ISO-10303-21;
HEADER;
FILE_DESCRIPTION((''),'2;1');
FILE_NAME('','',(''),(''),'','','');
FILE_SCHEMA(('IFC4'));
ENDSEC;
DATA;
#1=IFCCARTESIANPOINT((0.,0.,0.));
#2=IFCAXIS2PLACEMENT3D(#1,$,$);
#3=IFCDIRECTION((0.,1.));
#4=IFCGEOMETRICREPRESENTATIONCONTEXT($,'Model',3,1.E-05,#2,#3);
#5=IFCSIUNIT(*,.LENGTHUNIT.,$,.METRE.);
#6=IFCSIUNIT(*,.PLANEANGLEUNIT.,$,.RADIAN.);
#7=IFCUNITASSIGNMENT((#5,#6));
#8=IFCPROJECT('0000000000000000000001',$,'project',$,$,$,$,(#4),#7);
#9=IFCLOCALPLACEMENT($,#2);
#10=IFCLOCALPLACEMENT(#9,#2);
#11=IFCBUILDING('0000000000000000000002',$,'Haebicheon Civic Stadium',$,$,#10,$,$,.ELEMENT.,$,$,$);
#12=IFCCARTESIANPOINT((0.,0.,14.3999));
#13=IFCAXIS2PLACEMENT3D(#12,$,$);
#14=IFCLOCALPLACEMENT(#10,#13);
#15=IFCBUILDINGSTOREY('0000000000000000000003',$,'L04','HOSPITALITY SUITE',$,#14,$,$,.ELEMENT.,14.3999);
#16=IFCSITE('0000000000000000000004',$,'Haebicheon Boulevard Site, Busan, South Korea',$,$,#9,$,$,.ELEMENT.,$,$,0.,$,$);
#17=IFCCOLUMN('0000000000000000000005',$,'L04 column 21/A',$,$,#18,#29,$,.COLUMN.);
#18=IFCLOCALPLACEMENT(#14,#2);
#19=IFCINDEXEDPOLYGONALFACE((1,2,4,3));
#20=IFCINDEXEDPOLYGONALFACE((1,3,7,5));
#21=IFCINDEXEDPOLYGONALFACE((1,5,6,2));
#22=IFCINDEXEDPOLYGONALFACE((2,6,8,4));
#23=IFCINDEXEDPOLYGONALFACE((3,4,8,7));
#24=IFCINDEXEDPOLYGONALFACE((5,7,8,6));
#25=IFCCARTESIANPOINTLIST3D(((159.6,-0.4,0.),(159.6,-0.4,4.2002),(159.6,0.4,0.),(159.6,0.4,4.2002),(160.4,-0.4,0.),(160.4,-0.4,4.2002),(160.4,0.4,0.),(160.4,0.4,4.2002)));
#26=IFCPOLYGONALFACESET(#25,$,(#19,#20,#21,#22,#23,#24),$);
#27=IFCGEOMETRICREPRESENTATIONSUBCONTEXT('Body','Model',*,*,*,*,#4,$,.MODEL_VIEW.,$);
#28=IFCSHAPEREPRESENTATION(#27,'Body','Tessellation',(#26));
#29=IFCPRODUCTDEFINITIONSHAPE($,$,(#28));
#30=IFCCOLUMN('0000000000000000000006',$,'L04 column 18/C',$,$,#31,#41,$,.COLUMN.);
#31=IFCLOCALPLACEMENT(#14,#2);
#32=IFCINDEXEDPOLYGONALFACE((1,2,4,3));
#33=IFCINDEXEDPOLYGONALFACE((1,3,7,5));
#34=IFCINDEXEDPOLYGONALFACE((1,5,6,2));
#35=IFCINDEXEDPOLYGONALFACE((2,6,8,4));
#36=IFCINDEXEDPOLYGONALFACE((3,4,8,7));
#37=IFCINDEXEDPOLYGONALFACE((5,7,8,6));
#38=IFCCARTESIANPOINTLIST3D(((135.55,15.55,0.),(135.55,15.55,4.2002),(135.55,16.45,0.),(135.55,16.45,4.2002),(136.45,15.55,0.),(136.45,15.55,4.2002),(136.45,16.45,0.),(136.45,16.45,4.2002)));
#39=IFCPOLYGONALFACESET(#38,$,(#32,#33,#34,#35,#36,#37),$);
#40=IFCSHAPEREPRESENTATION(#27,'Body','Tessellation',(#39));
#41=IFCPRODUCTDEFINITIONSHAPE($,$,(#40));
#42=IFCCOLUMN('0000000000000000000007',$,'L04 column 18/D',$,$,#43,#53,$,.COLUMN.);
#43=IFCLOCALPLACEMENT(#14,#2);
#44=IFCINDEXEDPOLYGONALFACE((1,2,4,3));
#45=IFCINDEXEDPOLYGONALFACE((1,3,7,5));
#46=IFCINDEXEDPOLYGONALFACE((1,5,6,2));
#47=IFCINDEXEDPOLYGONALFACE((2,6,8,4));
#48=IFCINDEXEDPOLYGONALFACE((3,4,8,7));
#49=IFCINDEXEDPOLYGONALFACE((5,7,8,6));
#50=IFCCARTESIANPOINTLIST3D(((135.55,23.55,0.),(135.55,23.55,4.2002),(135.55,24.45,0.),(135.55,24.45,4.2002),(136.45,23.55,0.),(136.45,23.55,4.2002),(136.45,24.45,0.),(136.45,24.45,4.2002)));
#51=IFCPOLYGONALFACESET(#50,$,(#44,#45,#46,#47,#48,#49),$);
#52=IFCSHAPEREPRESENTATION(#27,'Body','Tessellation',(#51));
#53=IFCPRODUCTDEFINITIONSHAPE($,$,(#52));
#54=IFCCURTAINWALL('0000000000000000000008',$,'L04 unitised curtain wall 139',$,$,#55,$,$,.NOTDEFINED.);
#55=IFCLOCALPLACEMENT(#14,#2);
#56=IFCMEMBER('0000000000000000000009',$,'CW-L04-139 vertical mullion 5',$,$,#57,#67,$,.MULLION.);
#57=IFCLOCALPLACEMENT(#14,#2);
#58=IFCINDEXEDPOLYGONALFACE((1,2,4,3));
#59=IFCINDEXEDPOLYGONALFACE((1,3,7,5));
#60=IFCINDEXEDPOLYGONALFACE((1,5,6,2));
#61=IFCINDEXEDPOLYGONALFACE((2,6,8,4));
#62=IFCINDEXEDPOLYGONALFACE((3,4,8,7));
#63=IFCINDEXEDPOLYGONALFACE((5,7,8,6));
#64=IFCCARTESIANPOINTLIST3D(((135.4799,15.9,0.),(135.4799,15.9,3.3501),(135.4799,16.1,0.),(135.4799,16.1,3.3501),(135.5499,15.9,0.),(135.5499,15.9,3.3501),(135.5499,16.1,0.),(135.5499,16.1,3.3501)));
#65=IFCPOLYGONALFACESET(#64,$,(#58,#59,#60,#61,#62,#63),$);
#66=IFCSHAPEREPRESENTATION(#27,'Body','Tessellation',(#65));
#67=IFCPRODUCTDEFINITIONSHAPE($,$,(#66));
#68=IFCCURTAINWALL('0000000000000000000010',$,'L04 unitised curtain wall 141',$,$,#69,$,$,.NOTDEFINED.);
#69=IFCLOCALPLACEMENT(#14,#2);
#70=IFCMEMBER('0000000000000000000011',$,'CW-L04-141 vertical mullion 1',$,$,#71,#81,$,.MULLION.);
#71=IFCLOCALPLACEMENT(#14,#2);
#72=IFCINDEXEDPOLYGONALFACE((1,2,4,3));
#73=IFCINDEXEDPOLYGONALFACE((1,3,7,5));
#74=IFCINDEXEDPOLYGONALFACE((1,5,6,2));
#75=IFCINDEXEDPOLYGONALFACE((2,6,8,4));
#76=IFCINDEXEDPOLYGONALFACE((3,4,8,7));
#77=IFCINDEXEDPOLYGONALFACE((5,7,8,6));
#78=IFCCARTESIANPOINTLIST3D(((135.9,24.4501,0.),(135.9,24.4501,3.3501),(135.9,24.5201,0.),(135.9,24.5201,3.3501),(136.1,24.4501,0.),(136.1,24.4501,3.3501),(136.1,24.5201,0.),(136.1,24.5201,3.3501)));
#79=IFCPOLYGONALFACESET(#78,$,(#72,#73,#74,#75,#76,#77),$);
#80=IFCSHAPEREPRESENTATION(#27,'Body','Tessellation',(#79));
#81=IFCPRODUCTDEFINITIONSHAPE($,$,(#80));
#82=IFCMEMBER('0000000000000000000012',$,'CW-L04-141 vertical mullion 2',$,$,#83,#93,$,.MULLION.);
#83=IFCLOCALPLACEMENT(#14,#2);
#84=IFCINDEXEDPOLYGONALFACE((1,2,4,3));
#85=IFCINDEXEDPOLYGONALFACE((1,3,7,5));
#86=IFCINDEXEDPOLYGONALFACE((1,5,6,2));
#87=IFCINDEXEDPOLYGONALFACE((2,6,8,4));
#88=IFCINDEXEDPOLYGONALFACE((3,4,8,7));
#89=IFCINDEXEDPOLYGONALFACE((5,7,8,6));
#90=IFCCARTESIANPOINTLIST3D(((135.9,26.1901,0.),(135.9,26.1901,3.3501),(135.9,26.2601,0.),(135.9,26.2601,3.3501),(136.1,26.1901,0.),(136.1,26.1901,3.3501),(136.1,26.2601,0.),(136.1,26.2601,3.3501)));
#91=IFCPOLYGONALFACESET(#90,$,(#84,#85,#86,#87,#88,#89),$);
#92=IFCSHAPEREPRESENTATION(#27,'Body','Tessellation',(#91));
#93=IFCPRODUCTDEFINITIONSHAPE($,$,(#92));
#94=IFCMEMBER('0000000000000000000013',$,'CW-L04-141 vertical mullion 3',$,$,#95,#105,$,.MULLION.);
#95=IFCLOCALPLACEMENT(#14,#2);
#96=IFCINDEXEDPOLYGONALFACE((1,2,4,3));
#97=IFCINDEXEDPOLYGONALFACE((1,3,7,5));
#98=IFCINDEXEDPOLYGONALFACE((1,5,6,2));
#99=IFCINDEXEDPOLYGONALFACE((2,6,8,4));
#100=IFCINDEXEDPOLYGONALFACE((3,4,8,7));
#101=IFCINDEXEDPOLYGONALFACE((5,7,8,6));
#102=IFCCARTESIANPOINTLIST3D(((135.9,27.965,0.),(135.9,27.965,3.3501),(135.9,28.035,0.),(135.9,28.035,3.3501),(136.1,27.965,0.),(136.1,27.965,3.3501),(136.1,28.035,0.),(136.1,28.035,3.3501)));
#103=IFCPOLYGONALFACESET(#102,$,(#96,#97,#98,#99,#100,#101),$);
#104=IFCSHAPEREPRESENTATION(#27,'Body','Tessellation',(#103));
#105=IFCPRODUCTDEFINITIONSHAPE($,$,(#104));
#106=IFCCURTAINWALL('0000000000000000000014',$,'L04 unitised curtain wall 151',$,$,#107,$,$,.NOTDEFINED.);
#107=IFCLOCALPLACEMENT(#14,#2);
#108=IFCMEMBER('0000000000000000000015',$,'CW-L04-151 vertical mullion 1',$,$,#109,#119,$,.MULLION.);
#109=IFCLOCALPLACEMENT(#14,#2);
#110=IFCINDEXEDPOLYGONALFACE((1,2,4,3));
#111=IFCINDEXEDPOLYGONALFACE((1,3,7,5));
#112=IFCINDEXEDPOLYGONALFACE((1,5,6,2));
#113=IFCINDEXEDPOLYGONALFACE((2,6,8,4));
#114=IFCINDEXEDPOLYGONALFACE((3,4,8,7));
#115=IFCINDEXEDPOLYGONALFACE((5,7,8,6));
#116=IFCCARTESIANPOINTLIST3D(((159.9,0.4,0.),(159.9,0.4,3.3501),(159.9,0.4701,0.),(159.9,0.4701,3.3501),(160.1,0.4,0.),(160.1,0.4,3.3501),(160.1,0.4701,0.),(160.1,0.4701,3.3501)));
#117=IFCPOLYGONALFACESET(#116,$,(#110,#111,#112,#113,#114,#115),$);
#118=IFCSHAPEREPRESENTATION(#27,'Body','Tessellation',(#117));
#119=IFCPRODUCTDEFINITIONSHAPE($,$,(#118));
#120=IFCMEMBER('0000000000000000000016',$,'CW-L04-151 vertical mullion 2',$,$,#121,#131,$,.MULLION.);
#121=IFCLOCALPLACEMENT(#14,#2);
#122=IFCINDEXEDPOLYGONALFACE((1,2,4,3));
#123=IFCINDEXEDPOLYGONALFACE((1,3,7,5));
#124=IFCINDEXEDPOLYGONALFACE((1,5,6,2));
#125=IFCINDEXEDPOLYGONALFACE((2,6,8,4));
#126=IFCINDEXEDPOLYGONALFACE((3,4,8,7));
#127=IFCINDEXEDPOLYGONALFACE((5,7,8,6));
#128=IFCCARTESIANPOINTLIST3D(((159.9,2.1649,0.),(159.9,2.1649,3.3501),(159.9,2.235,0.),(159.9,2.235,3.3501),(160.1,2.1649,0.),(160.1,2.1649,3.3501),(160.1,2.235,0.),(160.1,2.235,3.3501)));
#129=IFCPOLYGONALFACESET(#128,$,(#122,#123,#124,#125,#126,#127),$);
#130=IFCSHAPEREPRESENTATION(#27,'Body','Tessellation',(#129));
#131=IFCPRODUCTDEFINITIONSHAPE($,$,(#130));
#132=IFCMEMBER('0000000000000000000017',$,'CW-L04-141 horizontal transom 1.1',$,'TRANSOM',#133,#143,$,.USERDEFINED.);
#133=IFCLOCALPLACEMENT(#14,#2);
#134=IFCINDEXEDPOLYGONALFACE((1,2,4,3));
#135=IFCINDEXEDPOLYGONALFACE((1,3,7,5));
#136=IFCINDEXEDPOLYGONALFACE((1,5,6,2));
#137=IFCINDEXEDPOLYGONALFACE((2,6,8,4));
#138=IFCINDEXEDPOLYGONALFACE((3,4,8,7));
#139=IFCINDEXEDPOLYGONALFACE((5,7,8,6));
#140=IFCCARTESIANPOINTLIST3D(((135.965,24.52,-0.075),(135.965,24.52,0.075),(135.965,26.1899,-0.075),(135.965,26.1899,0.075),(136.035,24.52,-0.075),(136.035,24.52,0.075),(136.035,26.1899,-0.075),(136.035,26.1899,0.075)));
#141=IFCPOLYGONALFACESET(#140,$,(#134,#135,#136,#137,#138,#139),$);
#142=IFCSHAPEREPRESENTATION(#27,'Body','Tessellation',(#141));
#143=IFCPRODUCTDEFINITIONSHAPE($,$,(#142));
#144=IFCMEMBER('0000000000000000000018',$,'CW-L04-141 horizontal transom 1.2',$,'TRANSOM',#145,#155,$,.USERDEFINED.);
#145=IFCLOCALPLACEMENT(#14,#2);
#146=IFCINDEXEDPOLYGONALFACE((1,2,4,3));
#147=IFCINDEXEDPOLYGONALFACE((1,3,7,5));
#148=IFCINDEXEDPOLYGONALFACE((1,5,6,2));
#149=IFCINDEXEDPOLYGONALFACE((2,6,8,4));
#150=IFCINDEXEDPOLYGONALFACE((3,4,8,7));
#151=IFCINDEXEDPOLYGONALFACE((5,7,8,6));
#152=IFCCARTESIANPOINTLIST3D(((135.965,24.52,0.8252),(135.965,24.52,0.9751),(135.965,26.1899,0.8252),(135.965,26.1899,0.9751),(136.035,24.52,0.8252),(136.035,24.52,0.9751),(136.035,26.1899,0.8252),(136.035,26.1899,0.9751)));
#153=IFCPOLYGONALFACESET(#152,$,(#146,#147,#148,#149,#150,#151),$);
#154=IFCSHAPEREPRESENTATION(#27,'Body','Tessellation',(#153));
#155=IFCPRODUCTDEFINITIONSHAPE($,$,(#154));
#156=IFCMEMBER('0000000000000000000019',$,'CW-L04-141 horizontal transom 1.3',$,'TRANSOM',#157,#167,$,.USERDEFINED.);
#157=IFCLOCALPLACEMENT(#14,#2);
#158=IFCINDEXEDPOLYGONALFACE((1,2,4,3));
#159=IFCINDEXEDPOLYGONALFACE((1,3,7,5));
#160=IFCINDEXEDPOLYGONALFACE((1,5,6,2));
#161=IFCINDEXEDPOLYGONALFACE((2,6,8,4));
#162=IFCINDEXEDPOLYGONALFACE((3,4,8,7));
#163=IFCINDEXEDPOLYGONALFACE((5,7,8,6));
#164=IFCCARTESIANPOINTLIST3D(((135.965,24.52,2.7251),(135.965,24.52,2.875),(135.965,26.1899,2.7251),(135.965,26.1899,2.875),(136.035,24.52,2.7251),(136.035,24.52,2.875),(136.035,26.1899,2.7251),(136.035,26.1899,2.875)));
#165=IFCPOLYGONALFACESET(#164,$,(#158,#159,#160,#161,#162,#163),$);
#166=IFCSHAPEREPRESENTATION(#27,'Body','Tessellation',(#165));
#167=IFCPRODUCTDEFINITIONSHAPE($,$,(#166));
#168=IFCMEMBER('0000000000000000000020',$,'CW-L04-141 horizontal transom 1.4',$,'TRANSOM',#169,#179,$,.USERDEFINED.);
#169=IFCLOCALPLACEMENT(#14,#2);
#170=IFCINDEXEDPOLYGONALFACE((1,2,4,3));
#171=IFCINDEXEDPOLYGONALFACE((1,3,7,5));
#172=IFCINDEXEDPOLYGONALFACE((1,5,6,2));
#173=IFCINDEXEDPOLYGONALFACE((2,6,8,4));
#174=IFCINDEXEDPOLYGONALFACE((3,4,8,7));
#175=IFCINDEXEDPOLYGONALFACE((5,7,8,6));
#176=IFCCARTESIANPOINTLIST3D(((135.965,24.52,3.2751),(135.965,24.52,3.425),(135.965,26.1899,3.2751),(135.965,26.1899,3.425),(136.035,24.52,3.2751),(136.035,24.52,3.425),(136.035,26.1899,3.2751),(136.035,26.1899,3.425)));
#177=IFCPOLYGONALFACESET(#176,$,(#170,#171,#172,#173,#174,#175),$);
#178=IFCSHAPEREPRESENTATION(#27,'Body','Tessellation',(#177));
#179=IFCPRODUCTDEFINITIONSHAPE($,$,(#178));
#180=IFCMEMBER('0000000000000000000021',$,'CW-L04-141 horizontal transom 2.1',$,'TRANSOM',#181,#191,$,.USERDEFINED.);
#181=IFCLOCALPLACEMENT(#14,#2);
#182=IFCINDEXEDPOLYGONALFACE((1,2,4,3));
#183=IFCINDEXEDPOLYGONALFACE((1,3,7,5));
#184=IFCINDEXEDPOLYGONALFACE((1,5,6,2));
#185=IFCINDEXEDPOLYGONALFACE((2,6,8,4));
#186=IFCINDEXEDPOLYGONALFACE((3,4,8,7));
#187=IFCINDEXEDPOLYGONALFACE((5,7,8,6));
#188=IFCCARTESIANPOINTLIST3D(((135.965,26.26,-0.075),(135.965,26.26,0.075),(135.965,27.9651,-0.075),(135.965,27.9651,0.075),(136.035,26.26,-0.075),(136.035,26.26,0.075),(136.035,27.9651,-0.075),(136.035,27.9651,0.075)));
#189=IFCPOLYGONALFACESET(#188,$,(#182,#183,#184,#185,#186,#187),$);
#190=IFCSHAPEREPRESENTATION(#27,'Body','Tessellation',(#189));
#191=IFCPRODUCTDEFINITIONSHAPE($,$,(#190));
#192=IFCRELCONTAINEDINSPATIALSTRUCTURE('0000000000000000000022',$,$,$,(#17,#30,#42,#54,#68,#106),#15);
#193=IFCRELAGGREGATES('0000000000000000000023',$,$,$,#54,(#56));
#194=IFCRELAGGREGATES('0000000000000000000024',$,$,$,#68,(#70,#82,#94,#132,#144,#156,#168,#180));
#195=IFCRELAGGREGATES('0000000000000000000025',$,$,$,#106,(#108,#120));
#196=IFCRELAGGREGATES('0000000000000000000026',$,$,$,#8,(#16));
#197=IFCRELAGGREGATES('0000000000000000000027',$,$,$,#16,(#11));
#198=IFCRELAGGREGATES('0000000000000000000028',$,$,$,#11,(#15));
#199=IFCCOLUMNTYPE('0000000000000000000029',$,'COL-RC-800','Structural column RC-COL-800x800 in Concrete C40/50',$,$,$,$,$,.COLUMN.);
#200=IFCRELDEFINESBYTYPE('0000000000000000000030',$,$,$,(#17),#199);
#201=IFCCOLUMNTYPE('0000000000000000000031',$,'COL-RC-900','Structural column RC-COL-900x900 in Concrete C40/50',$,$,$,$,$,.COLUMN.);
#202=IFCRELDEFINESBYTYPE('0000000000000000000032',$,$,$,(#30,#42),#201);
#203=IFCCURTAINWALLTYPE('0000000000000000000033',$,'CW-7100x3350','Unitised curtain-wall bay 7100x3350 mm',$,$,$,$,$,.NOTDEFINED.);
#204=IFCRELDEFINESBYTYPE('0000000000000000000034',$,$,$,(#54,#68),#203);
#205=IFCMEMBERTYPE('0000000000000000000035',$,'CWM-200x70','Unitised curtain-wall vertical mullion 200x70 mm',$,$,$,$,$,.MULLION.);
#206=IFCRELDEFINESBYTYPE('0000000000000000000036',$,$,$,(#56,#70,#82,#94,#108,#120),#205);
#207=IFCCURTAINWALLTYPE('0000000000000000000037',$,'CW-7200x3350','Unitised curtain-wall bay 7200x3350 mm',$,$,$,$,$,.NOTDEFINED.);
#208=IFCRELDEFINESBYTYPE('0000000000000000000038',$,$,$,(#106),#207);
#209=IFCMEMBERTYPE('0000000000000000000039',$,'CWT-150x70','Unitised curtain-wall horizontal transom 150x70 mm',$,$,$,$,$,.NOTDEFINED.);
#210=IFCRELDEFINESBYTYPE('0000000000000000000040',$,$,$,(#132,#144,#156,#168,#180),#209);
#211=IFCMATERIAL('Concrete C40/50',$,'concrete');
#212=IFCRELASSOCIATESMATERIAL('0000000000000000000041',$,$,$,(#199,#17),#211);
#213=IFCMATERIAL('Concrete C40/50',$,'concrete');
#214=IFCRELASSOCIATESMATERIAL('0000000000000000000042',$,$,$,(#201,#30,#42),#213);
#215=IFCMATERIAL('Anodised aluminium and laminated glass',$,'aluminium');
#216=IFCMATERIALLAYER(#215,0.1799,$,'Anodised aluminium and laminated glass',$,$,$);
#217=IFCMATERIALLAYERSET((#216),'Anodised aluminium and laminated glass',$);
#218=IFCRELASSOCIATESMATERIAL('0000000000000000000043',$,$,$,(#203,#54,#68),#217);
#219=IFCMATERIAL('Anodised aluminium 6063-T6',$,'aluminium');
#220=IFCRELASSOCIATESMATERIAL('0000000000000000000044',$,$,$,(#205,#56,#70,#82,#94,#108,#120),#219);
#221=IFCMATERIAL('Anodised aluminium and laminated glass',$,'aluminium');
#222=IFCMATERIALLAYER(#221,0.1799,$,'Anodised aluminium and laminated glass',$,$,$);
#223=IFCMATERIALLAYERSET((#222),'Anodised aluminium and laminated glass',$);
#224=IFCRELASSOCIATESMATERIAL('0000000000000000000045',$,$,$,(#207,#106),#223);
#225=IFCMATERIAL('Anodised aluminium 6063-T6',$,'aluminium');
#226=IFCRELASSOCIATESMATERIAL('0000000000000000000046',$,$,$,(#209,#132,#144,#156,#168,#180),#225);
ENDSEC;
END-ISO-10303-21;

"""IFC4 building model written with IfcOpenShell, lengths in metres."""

from ifc_helpers import new_model, si_unit, direction, frame, origin, origin_2d, place, context, subcontext, project, spatial, rectangle, extrude, material, layer, layer_set, material_profile, profile_set, type_object, element, aggregate, save


model = new_model("IFC4")

# Units and contexts
model_context = context("Model", 3, precision=1e-05, world=origin(), true_north=direction((0.0, 1.0)))
body_context = subcontext(model_context, "Body", "Model", "MODEL_VIEW")
ifc_project = project(units=[si_unit("LENGTHUNIT", "METRE"), si_unit("PLANEANGLEUNIT", "RADIAN")], contexts=[model_context])

# Site, building, storey
site_placement = place(None, origin())
site = spatial("IfcSite", under=ifc_project, at=site_placement, Name="Haebicheon Boulevard Site, Busan, South Korea", CompositionType="ELEMENT", RefElevation=0.0)
building_placement = place(site_placement, origin())
building = spatial("IfcBuilding", under=site, at=building_placement, Name="Haebicheon Civic Stadium", CompositionType="ELEMENT")
storey_placement = place(building_placement, frame((0.0, 0.0, 14.3999)))
storey = spatial("IfcBuildingStorey", under=building, at=storey_placement, Name="L04", Description="HOSPITALITY SUITE", CompositionType="ELEMENT", Elevation=14.3999)

# Columns
ifc_material_1 = material(Name="Concrete C40/50", Category="concrete")
ifc_material_profile_1 = material_profile(ifc_material_1, rectangle(XDim=0.8, YDim=0.8, at=origin_2d()), Name="RC-COL-800x800")
ifc_profile_set_1 = profile_set([ifc_material_profile_1], Name="Concrete C40/50")
column_type_1 = type_object("IfcColumnType", Name="COL-RC-800", Description="Structural column RC-COL-800x800 in Concrete C40/50", PredefinedType="COLUMN", material=ifc_profile_set_1)
column_placement = place(storey_placement, frame((160.0, 0.0, 0.0), z_axis=(0.0, 0.0, 1.0), x_axis=(1.0, 0.0, 0.0)))
element("IfcColumn", 1, at=column_placement, inside=storey, type_object=column_type_1, material=ifc_profile_set_1, Name="L04 column 21/A", PredefinedType="COLUMN", context=body_context, shape_type="SweptSolid", body=[
    extrude(rectangle(XDim=0.8, YDim=0.8, at=origin_2d()), origin(), (0.0, 0.0, 1.0), 4.2002),
])
ifc_material_2 = material(Name="Concrete C40/50", Category="concrete")
ifc_material_profile_2 = material_profile(ifc_material_2, rectangle(XDim=0.8999, YDim=0.8999, at=origin_2d()), Name="RC-COL-900x900")
ifc_profile_set_2 = profile_set([ifc_material_profile_2], Name="Concrete C40/50")
column_type_2 = type_object("IfcColumnType", Name="COL-RC-900", Description="Structural column RC-COL-900x900 in Concrete C40/50", PredefinedType="COLUMN", material=ifc_profile_set_2)
for number, where, z_axis, x_axis, name in (
    (2, (136.0, 16.0, 0.0), (0.0, 0.0, 1.0), (1.0, 0.0, 0.0), "L04 column 18/C"),
    (3, (136.0, 24.0, 0.0), (0.0, 0.0, 1.0), (1.0, 0.0, 0.0), "L04 column 18/D"),
):
    element("IfcColumn", number, at=place(storey_placement, frame(where, z_axis=z_axis, x_axis=x_axis)), inside=storey, type_object=column_type_2, material=ifc_profile_set_2, Name=name, PredefinedType="COLUMN", context=body_context, shape_type="SweptSolid", body=[
        extrude(rectangle(XDim=0.8999, YDim=0.8999, at=origin_2d()), origin(), (0.0, 0.0, 1.0), 4.2002),
    ])

# Curtain wall, member
ifc_material_3 = material(Name="Anodised aluminium and laminated glass", Category="aluminium")
ifc_layer_1 = layer(ifc_material_3, 0.1799, Name="Anodised aluminium and laminated glass")
ifc_layer_set_1 = layer_set([ifc_layer_1], Name="Anodised aluminium and laminated glass")
curtain_wall_type_1 = type_object("IfcCurtainWallType", Name="CW-7100x3350", Description="Unitised curtain-wall bay 7100x3350 mm", PredefinedType="NOTDEFINED", material=ifc_layer_set_1)
curtain_wall_1_placement = place(storey_placement, origin())
curtain_wall_1 = element("IfcCurtainWall", 4, at=curtain_wall_1_placement, inside=storey, type_object=curtain_wall_type_1, material=ifc_layer_set_1, Name="L04 unitised curtain wall 139", PredefinedType="NOTDEFINED")
ifc_material_4 = material(Name="Anodised aluminium 6063-T6", Category="aluminium")
ifc_material_profile_3 = material_profile(ifc_material_4, rectangle(XDim=0.0701, YDim=0.2, at=origin_2d()), Name="ALU-MULL-70x200")
ifc_profile_set_3 = profile_set([ifc_material_profile_3], Name="Anodised aluminium 6063-T6")
member_type_1 = type_object("IfcMemberType", Name="CWM-200x70", Description="Unitised curtain-wall vertical mullion 200x70 mm", PredefinedType="MULLION", material=ifc_profile_set_3)
member_1_placement = place(storey_placement, frame((135.5149, 16.0, 0.0), z_axis=(0.0, 0.0, 1.0), x_axis=(1.0, 0.0, 0.0)))
member_1 = element("IfcMember", 5, at=member_1_placement, type_object=member_type_1, material=ifc_profile_set_3, Name="CW-L04-139 vertical mullion 5", PredefinedType="MULLION", context=body_context, shape_type="SweptSolid", body=[
    extrude(rectangle(XDim=0.0701, YDim=0.2, at=origin_2d()), origin(), (0.0, 0.0, 1.0), 3.3501),
])

# Curtain walls, members
curtain_wall_2_placement = place(storey_placement, origin())
curtain_wall_2 = element("IfcCurtainWall", 6, at=curtain_wall_2_placement, inside=storey, type_object=curtain_wall_type_1, material=ifc_layer_set_1, Name="L04 unitised curtain wall 141", PredefinedType="NOTDEFINED")
member_2_placement = place(storey_placement, frame((136.0, 24.4851, 0.0), z_axis=(0.0, 0.0, 1.0), x_axis=(0.0, 1.0, 0.0)))
member_2 = element("IfcMember", 7, at=member_2_placement, type_object=member_type_1, material=ifc_profile_set_3, Name="CW-L04-141 vertical mullion 1", PredefinedType="MULLION", context=body_context, shape_type="SweptSolid", body=[
    extrude(rectangle(XDim=0.0701, YDim=0.2, at=origin_2d()), origin(), (0.0, 0.0, 1.0), 3.3501),
])
member_3_placement = place(storey_placement, frame((136.0, 26.2251, 0.0), z_axis=(0.0, 0.0, 1.0), x_axis=(0.0, 1.0, 0.0)))
member_3 = element("IfcMember", 8, at=member_3_placement, type_object=member_type_1, material=ifc_profile_set_3, Name="CW-L04-141 vertical mullion 2", PredefinedType="MULLION", context=body_context, shape_type="SweptSolid", body=[
    extrude(rectangle(XDim=0.0701, YDim=0.2, at=origin_2d()), origin(), (0.0, 0.0, 1.0), 3.3501),
])
member_4_placement = place(storey_placement, frame((136.0, 28.0, 0.0), z_axis=(0.0, 0.0, 1.0), x_axis=(0.0, 1.0, 0.0)))
member_4 = element("IfcMember", 9, at=member_4_placement, type_object=member_type_1, material=ifc_profile_set_3, Name="CW-L04-141 vertical mullion 3", PredefinedType="MULLION", context=body_context, shape_type="SweptSolid", body=[
    extrude(rectangle(XDim=0.0701, YDim=0.2, at=origin_2d()), origin(), (0.0, 0.0, 1.0), 3.3501),
])
ifc_material_5 = material(Name="Anodised aluminium and laminated glass", Category="aluminium")
ifc_layer_2 = layer(ifc_material_5, 0.1799, Name="Anodised aluminium and laminated glass")
ifc_layer_set_2 = layer_set([ifc_layer_2], Name="Anodised aluminium and laminated glass")
curtain_wall_type_2 = type_object("IfcCurtainWallType", Name="CW-7200x3350", Description="Unitised curtain-wall bay 7200x3350 mm", PredefinedType="NOTDEFINED", material=ifc_layer_set_2)
curtain_wall_3_placement = place(storey_placement, origin())
curtain_wall_3 = element("IfcCurtainWall", 10, at=curtain_wall_3_placement, inside=storey, type_object=curtain_wall_type_2, material=ifc_layer_set_2, Name="L04 unitised curtain wall 151", PredefinedType="NOTDEFINED")
member_5_placement = place(storey_placement, frame((160.0, 0.4351, 0.0), z_axis=(0.0, 0.0, 1.0), x_axis=(0.0, 1.0, 0.0)))
member_5 = element("IfcMember", 11, at=member_5_placement, type_object=member_type_1, material=ifc_profile_set_3, Name="CW-L04-151 vertical mullion 1", PredefinedType="MULLION", context=body_context, shape_type="SweptSolid", body=[
    extrude(rectangle(XDim=0.0701, YDim=0.2, at=origin_2d()), origin(), (0.0, 0.0, 1.0), 3.3501),
])
member_6_placement = place(storey_placement, frame((160.0, 2.2, 0.0), z_axis=(0.0, 0.0, 1.0), x_axis=(0.0, 1.0, 0.0)))
member_6 = element("IfcMember", 12, at=member_6_placement, type_object=member_type_1, material=ifc_profile_set_3, Name="CW-L04-151 vertical mullion 2", PredefinedType="MULLION", context=body_context, shape_type="SweptSolid", body=[
    extrude(rectangle(XDim=0.0701, YDim=0.2, at=origin_2d()), origin(), (0.0, 0.0, 1.0), 3.3501),
])

# Members
ifc_material_6 = material(Name="Anodised aluminium 6063-T6", Category="aluminium")
ifc_material_profile_4 = material_profile(ifc_material_6, rectangle(XDim=0.0701, YDim=0.1499, at=origin_2d()), Name="ALU-TRAN-70x150")
ifc_profile_set_4 = profile_set([ifc_material_profile_4], Name="Anodised aluminium 6063-T6")
member_type_2 = type_object("IfcMemberType", Name="CWT-150x70", Description="Unitised curtain-wall horizontal transom 150x70 mm", PredefinedType="NOTDEFINED", material=ifc_profile_set_4)
member_7_placement = place(storey_placement, frame((136.0, 24.52, 0.0), z_axis=(0.0, 1.0, 0.0), x_axis=(-1.0, 0.0, 0.0)))
member_7 = element("IfcMember", 13, at=member_7_placement, type_object=member_type_2, material=ifc_profile_set_4, Name="CW-L04-141 horizontal transom 1.1", ObjectType="TRANSOM", PredefinedType="USERDEFINED", context=body_context, shape_type="SweptSolid", body=[
    extrude(rectangle(XDim=0.0701, YDim=0.1499, at=origin_2d()), origin(), (0.0, 0.0, 1.0), 1.6699),
])
member_8_placement = place(storey_placement, frame((136.0, 24.52, 0.9001), z_axis=(0.0, 1.0, 0.0), x_axis=(-1.0, 0.0, 0.0)))
member_8 = element("IfcMember", 14, at=member_8_placement, type_object=member_type_2, material=ifc_profile_set_4, Name="CW-L04-141 horizontal transom 1.2", ObjectType="TRANSOM", PredefinedType="USERDEFINED", context=body_context, shape_type="SweptSolid", body=[
    extrude(rectangle(XDim=0.0701, YDim=0.1499, at=origin_2d()), origin(), (0.0, 0.0, 1.0), 1.6699),
])
member_9_placement = place(storey_placement, frame((136.0, 24.52, 2.8), z_axis=(0.0, 1.0, 0.0), x_axis=(-1.0, 0.0, 0.0)))
member_9 = element("IfcMember", 15, at=member_9_placement, type_object=member_type_2, material=ifc_profile_set_4, Name="CW-L04-141 horizontal transom 1.3", ObjectType="TRANSOM", PredefinedType="USERDEFINED", context=body_context, shape_type="SweptSolid", body=[
    extrude(rectangle(XDim=0.0701, YDim=0.1499, at=origin_2d()), origin(), (0.0, 0.0, 1.0), 1.6699),
])
member_10_placement = place(storey_placement, frame((136.0, 24.52, 3.3501), z_axis=(0.0, 1.0, 0.0), x_axis=(-1.0, 0.0, 0.0)))
member_10 = element("IfcMember", 16, at=member_10_placement, type_object=member_type_2, material=ifc_profile_set_4, Name="CW-L04-141 horizontal transom 1.4", ObjectType="TRANSOM", PredefinedType="USERDEFINED", context=body_context, shape_type="SweptSolid", body=[
    extrude(rectangle(XDim=0.0701, YDim=0.1499, at=origin_2d()), origin(), (0.0, 0.0, 1.0), 1.6699),
])
member_11_placement = place(storey_placement, frame((136.0, 26.26, 0.0), z_axis=(0.0, 1.0, 0.0), x_axis=(-1.0, 0.0, 0.0)))
member_11 = element("IfcMember", 17, at=member_11_placement, type_object=member_type_2, material=ifc_profile_set_4, Name="CW-L04-141 horizontal transom 2.1", ObjectType="TRANSOM", PredefinedType="USERDEFINED", context=body_context, shape_type="SweptSolid", body=[
    extrude(rectangle(XDim=0.0701, YDim=0.1499, at=origin_2d()), origin(), (0.0, 0.0, 1.0), 1.7051),
])

aggregate(curtain_wall_1, [member_1])
aggregate(curtain_wall_2, [member_2, member_3, member_4, member_7, member_8, member_9, member_10, member_11])
aggregate(curtain_wall_3, [member_5, member_6])

save(model, "model.ifc")
